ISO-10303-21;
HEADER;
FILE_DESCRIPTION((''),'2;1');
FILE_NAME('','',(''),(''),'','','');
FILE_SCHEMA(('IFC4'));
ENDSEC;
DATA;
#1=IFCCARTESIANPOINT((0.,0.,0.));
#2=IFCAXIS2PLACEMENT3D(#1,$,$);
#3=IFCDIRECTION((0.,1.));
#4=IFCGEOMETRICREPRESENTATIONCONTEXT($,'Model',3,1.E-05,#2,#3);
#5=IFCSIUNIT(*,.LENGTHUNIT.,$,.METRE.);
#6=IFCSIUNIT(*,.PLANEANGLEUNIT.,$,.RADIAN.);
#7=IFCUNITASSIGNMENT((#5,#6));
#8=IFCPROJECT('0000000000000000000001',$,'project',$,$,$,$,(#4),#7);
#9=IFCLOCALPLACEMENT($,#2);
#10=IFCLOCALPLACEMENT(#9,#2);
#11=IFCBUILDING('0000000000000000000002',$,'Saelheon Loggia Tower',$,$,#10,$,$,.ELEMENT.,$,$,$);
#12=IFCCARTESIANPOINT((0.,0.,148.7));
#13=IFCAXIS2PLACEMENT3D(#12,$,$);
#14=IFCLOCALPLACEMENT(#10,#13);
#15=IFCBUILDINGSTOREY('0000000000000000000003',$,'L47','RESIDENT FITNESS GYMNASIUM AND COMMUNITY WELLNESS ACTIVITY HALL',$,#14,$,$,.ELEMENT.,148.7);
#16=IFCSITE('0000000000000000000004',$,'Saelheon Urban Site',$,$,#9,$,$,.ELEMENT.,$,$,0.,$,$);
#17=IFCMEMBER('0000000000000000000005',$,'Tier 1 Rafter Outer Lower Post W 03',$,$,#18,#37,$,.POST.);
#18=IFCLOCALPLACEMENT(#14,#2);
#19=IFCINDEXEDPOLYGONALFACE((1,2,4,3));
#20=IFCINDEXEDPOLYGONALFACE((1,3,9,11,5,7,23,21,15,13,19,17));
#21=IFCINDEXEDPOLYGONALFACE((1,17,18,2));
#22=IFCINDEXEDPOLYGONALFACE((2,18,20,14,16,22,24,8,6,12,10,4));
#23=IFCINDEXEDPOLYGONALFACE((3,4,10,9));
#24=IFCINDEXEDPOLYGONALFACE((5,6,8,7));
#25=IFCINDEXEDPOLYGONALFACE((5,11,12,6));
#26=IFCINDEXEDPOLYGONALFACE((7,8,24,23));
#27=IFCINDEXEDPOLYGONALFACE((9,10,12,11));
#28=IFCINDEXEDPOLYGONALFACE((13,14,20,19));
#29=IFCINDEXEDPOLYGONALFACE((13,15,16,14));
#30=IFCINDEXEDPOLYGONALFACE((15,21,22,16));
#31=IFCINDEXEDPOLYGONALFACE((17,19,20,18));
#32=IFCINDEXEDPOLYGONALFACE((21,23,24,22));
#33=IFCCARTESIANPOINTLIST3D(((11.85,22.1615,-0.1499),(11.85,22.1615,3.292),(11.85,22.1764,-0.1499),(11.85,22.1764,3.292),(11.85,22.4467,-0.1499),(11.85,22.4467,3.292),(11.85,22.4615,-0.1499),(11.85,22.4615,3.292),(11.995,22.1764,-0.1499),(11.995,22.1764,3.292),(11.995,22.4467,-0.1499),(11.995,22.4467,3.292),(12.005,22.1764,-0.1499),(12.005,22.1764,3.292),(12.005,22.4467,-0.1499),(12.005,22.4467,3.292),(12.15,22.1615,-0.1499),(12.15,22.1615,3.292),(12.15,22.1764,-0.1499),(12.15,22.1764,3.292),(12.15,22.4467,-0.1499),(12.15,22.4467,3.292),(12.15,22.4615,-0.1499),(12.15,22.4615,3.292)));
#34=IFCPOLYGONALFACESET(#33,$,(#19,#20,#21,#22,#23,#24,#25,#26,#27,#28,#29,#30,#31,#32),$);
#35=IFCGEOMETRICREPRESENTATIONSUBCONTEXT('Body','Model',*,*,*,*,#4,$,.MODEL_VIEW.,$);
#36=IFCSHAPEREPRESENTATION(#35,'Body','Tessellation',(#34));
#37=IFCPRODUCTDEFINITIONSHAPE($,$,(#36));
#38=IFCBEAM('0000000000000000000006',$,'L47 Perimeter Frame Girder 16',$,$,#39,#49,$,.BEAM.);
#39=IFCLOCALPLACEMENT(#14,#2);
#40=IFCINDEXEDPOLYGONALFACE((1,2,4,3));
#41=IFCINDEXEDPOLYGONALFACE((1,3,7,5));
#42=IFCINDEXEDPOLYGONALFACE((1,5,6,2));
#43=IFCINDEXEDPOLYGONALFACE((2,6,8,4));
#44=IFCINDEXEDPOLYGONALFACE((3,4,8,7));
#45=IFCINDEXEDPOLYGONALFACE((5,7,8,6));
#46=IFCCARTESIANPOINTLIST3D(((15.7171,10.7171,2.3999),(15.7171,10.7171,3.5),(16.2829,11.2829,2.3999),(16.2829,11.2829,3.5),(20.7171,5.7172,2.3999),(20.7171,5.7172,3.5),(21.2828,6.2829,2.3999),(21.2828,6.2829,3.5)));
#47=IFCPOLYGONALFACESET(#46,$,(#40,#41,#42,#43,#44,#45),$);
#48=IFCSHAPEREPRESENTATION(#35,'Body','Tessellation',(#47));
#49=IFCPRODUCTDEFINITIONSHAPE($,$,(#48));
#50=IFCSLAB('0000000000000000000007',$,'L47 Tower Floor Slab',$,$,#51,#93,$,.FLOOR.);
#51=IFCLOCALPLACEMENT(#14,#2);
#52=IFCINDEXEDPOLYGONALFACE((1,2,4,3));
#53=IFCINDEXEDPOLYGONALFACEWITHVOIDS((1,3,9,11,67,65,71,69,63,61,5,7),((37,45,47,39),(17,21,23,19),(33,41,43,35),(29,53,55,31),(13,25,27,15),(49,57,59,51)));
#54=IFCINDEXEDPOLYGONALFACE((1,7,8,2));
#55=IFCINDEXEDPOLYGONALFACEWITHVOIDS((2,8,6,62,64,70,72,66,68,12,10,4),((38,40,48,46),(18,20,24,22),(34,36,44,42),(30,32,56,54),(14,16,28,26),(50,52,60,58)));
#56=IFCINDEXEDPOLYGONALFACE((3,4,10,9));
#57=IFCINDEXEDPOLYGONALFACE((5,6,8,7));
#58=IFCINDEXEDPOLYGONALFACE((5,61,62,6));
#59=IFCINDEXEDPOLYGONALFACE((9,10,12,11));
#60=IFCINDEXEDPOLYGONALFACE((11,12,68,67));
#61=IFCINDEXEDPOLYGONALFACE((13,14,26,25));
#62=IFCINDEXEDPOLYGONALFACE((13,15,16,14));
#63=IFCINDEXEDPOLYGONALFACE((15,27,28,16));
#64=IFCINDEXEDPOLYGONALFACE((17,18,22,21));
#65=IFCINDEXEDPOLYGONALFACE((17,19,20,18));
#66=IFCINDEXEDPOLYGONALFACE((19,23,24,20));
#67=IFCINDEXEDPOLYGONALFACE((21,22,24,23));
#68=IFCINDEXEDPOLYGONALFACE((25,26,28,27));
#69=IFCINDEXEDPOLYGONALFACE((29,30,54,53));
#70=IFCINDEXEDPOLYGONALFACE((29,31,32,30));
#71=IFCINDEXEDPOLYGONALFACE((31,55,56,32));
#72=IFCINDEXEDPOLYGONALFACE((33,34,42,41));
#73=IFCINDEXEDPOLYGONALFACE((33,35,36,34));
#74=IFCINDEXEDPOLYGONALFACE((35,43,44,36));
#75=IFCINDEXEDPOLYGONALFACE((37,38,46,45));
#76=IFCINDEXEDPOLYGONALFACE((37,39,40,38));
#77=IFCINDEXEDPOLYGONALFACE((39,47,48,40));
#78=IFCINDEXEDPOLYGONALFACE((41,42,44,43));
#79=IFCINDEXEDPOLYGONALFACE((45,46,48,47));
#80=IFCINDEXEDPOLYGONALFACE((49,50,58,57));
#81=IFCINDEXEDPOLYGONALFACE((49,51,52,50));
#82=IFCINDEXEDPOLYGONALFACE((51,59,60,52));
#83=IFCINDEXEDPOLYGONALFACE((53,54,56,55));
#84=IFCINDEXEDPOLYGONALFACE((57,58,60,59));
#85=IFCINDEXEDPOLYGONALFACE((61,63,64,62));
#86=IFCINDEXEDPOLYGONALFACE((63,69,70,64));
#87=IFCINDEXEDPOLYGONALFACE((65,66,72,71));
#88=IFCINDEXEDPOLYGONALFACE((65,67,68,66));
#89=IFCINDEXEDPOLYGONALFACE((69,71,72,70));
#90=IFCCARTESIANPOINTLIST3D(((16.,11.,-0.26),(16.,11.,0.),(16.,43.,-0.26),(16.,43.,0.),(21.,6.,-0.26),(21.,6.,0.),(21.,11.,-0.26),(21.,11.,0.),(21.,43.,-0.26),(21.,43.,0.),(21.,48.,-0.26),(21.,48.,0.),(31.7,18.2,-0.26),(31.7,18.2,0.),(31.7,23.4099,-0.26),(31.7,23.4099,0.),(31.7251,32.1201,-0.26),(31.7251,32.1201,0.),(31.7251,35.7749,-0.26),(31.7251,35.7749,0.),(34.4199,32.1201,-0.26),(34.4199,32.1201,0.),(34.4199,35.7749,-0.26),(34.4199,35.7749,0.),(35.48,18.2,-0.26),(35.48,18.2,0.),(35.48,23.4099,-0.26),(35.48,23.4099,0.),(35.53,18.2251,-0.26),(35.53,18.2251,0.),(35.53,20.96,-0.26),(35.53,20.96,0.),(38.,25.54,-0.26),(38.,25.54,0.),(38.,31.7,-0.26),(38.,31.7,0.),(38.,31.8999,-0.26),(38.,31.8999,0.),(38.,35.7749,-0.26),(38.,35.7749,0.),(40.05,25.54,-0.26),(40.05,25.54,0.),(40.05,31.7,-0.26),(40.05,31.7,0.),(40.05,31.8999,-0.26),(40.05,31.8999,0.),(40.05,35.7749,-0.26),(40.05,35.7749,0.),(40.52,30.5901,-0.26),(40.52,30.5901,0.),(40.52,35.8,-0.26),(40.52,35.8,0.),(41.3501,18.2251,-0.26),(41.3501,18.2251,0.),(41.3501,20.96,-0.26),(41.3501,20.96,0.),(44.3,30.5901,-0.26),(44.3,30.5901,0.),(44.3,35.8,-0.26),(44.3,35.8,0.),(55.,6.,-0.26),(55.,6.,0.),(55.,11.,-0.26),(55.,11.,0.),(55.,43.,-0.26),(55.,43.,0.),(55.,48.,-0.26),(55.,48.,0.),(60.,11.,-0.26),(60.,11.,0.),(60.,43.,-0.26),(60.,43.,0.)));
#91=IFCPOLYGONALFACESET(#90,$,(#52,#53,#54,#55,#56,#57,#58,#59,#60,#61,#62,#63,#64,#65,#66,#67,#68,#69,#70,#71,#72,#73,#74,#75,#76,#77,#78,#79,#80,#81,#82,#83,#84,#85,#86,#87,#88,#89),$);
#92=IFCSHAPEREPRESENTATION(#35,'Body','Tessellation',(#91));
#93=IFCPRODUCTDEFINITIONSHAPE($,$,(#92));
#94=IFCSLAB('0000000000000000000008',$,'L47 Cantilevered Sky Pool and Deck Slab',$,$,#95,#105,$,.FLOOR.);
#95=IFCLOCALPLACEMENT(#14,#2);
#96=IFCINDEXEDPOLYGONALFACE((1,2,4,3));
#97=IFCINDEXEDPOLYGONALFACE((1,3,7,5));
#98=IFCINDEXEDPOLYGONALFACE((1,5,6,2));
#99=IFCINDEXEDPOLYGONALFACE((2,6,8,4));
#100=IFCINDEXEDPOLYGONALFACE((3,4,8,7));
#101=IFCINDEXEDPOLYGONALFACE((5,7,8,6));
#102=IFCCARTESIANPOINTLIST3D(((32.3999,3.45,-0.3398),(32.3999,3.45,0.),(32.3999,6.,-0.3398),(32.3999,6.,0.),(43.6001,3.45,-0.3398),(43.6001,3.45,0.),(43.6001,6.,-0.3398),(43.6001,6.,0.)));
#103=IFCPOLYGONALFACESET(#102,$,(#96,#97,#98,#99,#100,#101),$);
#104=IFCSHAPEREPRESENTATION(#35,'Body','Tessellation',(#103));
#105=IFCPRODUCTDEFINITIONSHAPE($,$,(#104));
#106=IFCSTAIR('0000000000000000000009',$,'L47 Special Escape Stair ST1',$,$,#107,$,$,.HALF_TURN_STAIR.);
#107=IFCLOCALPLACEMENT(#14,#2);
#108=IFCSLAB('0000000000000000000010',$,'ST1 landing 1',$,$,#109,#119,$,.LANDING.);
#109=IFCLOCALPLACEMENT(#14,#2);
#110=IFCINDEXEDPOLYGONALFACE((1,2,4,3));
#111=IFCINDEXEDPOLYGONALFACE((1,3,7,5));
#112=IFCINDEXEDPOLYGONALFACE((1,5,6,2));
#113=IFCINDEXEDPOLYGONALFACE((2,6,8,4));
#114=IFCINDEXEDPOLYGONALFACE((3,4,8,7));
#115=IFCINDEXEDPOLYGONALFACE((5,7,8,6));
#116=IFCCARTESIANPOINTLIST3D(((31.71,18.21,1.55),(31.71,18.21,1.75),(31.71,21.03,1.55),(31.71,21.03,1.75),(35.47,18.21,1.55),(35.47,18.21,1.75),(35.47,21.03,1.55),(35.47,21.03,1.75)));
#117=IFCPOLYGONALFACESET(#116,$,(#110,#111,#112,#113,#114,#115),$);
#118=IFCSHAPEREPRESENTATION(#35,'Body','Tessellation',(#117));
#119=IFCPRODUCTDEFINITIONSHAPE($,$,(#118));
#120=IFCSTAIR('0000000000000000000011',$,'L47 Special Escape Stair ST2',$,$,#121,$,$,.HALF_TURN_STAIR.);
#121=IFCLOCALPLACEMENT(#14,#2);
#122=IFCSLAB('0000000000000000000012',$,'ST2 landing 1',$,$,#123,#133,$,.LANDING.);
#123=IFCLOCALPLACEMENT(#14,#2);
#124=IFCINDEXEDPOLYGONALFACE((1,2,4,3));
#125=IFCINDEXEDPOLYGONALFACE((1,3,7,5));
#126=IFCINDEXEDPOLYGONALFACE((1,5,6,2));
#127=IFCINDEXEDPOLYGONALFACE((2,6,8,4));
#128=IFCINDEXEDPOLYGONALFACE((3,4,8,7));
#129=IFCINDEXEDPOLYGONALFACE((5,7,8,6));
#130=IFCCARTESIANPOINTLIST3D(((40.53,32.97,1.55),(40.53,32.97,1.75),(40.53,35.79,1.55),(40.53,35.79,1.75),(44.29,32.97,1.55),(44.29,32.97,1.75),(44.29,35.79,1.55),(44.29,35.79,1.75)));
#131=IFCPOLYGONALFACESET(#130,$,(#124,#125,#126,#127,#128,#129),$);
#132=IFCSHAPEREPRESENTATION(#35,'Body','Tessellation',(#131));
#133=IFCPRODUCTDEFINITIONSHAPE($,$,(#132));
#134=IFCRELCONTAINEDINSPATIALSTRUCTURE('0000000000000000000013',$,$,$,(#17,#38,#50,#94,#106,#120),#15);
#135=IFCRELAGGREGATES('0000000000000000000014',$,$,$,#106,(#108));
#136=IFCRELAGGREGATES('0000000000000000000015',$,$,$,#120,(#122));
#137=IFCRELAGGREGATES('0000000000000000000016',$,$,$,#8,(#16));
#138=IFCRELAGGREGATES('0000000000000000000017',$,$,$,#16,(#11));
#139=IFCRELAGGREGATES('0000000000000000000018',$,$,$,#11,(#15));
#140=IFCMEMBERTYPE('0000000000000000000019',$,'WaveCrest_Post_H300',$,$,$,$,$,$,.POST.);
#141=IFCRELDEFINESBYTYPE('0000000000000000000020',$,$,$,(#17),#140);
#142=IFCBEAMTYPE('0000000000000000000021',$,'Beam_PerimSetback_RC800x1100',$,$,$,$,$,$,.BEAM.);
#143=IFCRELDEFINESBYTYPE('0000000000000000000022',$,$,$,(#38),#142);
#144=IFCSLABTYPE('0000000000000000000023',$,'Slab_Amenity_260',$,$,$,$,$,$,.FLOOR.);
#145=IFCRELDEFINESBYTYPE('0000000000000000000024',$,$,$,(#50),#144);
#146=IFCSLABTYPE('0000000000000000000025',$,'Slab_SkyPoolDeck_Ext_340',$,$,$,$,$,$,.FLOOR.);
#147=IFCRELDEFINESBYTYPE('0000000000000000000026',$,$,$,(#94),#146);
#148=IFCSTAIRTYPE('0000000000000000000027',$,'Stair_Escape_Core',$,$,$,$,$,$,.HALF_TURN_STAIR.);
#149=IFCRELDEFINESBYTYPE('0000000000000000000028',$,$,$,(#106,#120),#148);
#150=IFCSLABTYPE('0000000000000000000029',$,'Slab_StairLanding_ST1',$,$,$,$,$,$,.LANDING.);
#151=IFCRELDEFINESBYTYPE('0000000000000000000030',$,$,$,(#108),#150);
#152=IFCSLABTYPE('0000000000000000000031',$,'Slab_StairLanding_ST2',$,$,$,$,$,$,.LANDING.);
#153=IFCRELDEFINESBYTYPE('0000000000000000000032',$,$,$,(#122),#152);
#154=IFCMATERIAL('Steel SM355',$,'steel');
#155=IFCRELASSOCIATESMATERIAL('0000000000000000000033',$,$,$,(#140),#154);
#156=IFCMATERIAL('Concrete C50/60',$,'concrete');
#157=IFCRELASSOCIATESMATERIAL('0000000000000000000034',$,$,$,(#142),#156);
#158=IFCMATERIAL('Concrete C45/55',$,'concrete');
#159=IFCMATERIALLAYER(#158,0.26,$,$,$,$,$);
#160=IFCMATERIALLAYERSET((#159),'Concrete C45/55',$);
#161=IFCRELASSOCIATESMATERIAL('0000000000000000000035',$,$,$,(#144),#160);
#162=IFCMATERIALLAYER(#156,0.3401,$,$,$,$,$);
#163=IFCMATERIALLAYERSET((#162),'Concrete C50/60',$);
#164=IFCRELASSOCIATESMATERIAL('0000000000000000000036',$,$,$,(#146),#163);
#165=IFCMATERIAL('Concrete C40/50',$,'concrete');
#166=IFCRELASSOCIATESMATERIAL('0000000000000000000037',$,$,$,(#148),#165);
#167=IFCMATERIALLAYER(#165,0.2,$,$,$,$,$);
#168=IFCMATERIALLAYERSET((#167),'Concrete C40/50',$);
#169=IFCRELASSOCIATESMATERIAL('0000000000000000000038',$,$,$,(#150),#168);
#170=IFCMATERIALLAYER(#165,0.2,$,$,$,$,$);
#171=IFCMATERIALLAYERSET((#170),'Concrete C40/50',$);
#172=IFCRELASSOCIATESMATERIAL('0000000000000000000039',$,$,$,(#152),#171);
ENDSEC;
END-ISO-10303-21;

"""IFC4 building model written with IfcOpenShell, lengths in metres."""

from ifc_helpers import new_model, si_unit, direction, frame, origin, origin_2d, place, context, subcontext, project, spatial, polyline, rectangle, i_section, outline, extrude, source, transform, mapped, material, layer, layer_set, material_profile, profile_set, type_object, element, aggregate, save


model = new_model("IFC4")

# Units and contexts
model_context = context("Model", 3, precision=1e-05, world=origin(), true_north=direction((0.0, 1.0)))
body_context = subcontext(model_context, "Body", "Model", "MODEL_VIEW")
ifc_project = project(units=[si_unit("LENGTHUNIT", "METRE"), si_unit("PLANEANGLEUNIT", "RADIAN")], contexts=[model_context])

# Site, building, storey
site_placement = place(None, origin())
site = spatial("IfcSite", under=ifc_project, at=site_placement, Name="Saelheon Urban Site", CompositionType="ELEMENT", RefElevation=0.0)
building_placement = place(site_placement, origin())
building = spatial("IfcBuilding", under=site, at=building_placement, Name="Saelheon Loggia Tower", CompositionType="ELEMENT")
storey_placement = place(building_placement, frame((0.0, 0.0, 148.7)))
storey = spatial("IfcBuildingStorey", under=building, at=storey_placement, Name="L47", Description="RESIDENT FITNESS GYMNASIUM AND COMMUNITY WELLNESS ACTIVITY HALL", CompositionType="ELEMENT", Elevation=148.7)

# Shared definitions
ifc_material_1 = material(Name="Concrete C50/60", Category="concrete")

# Member
ifc_material_2 = material(Name="Steel SM355", Category="steel")
ifc_material_profile_1 = material_profile(ifc_material_2, i_section(OverallWidth=0.3, OverallDepth=0.3, WebThickness=0.01, FlangeThickness=0.0149, at=origin_2d()), Name="H-300x300x10x15")
ifc_profile_set_1 = profile_set([ifc_material_profile_1], Name="Steel SM355")
member_type_1 = type_object("IfcMemberType", Name="WaveCrest_Post_H300", PredefinedType="POST", material=ifc_profile_set_1)
shared_shape_1 = source(origin(), body_context, "Body", "SweptSolid", [
    extrude(i_section(OverallWidth=0.3, OverallDepth=0.3, WebThickness=0.01, FlangeThickness=0.0149, at=origin_2d()), origin(), (0.0, 0.0, 1.0), 3.4419),
])
for number, where, z_axis, x_axis, name in (
    (1, (12.0, 22.3115, -0.1499), (0.0, 0.0, 1.0), (1.0, 0.0, 0.0), "Tier 1 Rafter Outer Lower Post W 03"),
):
    element("IfcMember", number, at=place(storey_placement, frame(where, z_axis=z_axis, x_axis=x_axis)), inside=storey, type_object=member_type_1, Name=name, PredefinedType="POST", context=body_context, shape_type="MappedRepresentation", body=[
        mapped(shared_shape_1, transform((0.0, 0.0, 0.0), scale=1.0)),
    ])

# Beam
ifc_material_profile_2 = material_profile(ifc_material_1, rectangle(XDim=0.8, YDim=1.1001, at=origin_2d()), Name="RC-800x1100")
ifc_profile_set_2 = profile_set([ifc_material_profile_2], Name="Concrete C50/60")
beam_type = type_object("IfcBeamType", Name="Beam_PerimSetback_RC800x1100", PredefinedType="BEAM", material=ifc_profile_set_2)
shared_shape_2 = source(origin(), body_context, "Body", "SweptSolid", [
    extrude(rectangle(XDim=0.8, YDim=1.1001, at=origin_2d()), origin(), (0.0, 0.0, 1.0), 7.071),
])
beam_placement = place(storey_placement, frame((16.0, 11.0, 2.95), z_axis=(0.707107, -0.707107, 0.0), x_axis=(0.707107, 0.707107, 0.0)))
element("IfcBeam", 2, at=beam_placement, inside=storey, type_object=beam_type, Name="L47 Perimeter Frame Girder 16", PredefinedType="BEAM", context=body_context, shape_type="MappedRepresentation", body=[
    mapped(shared_shape_2, transform((0.0, 0.0, 0.0), scale=1.0)),
])

# Slabs
ifc_material_3 = material(Name="Concrete C45/55", Category="concrete")
ifc_layer_1 = layer(ifc_material_3, 0.26)
ifc_layer_set_1 = layer_set([ifc_layer_1], Name="Concrete C45/55")
slab_type_1 = type_object("IfcSlabType", Name="Slab_Amenity_260", PredefinedType="FLOOR", material=ifc_layer_set_1)
slab_1_placement = place(storey_placement, frame((0.0, 0.0, -0.26)))
element("IfcSlab", 3, at=slab_1_placement, inside=storey, type_object=slab_type_1, Name="L47 Tower Floor Slab", PredefinedType="FLOOR", context=body_context, shape_type="SweptSolid", body=[
    extrude(outline(polyline([(21.0, 6.0), (55.0, 6.0), (55.0, 11.0), (60.0, 11.0), (60.0, 43.0), (55.0, 43.0), (55.0, 48.0), (21.0, 48.0), (21.0, 43.0), (16.0, 43.0), (16.0, 11.0), (21.0, 11.0), (21.0, 6.0)]), holes=[polyline([(31.7, 23.4099), (31.7, 18.2), (35.48, 18.2), (35.48, 23.4099), (31.7, 23.4099)]), polyline([(44.3, 30.5901), (44.3, 35.8), (40.52, 35.8), (40.52, 30.5901), (44.3, 30.5901)]), polyline([(35.53, 18.2251), (41.3501, 18.2251), (41.3501, 20.96), (35.53, 20.96), (35.53, 18.2251)]), polyline([(31.7251, 32.1201), (34.4199, 32.1201), (34.4199, 35.7749), (31.7251, 35.7749), (31.7251, 32.1201)]), polyline([(38.0, 31.8999), (40.05, 31.8999), (40.05, 35.7749), (38.0, 35.7749), (38.0, 31.8999)]), polyline([(38.0, 25.54), (40.05, 25.54), (40.05, 31.7), (38.0, 31.7), (38.0, 25.54)])]), origin(), (0.0, 0.0, 1.0), 0.26),
])
ifc_layer_2 = layer(ifc_material_1, 0.3401)
ifc_layer_set_2 = layer_set([ifc_layer_2], Name="Concrete C50/60")
slab_type_2 = type_object("IfcSlabType", Name="Slab_SkyPoolDeck_Ext_340", PredefinedType="FLOOR", material=ifc_layer_set_2)
slab_2_placement = place(storey_placement, frame((0.0, 0.0, -0.3398)))
element("IfcSlab", 4, at=slab_2_placement, inside=storey, type_object=slab_type_2, Name="L47 Cantilevered Sky Pool and Deck Slab", PredefinedType="FLOOR", context=body_context, shape_type="SweptSolid", body=[
    extrude(outline(polyline([(32.3999, 3.45), (43.6001, 3.45), (43.6001, 6.0), (32.3999, 6.0), (32.3999, 3.45)])), origin(), (0.0, 0.0, 1.0), 0.3398),
])

# Stairs, slabs
ifc_material_4 = material(Name="Concrete C40/50", Category="concrete")
stair_type = type_object("IfcStairType", Name="Stair_Escape_Core", PredefinedType="HALF_TURN_STAIR", material=ifc_material_4)
stair_1_placement = place(storey_placement, origin())
stair_1 = element("IfcStair", 5, at=stair_1_placement, inside=storey, type_object=stair_type, Name="L47 Special Escape Stair ST1", PredefinedType="HALF_TURN_STAIR")
ifc_layer_3 = layer(ifc_material_4, 0.2)
ifc_layer_set_3 = layer_set([ifc_layer_3], Name="Concrete C40/50")
slab_type_3 = type_object("IfcSlabType", Name="Slab_StairLanding_ST1", PredefinedType="LANDING", material=ifc_layer_set_3)
slab_3_placement = place(storey_placement, frame((0.0, 0.0, 1.55)))
slab_3 = element("IfcSlab", 6, at=slab_3_placement, type_object=slab_type_3, Name="ST1 landing 1", PredefinedType="LANDING", context=body_context, shape_type="SweptSolid", body=[
    extrude(outline(polyline([(31.71, 21.03), (31.71, 18.21), (35.47, 18.21), (35.47, 21.03), (31.71, 21.03)])), origin(), (0.0, 0.0, 1.0), 0.2),
])
aggregate(stair_1, [slab_3])
stair_2_placement = place(storey_placement, origin())
stair_2 = element("IfcStair", 7, at=stair_2_placement, inside=storey, type_object=stair_type, Name="L47 Special Escape Stair ST2", PredefinedType="HALF_TURN_STAIR")
ifc_layer_4 = layer(ifc_material_4, 0.2)
ifc_layer_set_4 = layer_set([ifc_layer_4], Name="Concrete C40/50")
slab_type_4 = type_object("IfcSlabType", Name="Slab_StairLanding_ST2", PredefinedType="LANDING", material=ifc_layer_set_4)
slab_4_placement = place(storey_placement, frame((0.0, 0.0, 1.55)))
slab_4 = element("IfcSlab", 8, at=slab_4_placement, type_object=slab_type_4, Name="ST2 landing 1", PredefinedType="LANDING", context=body_context, shape_type="SweptSolid", body=[
    extrude(outline(polyline([(44.29, 32.97), (44.29, 35.79), (40.53, 35.79), (40.53, 32.97), (44.29, 32.97)])), origin(), (0.0, 0.0, 1.0), 0.2),
])
aggregate(stair_2, [slab_4])

save(model, "model.ifc")
